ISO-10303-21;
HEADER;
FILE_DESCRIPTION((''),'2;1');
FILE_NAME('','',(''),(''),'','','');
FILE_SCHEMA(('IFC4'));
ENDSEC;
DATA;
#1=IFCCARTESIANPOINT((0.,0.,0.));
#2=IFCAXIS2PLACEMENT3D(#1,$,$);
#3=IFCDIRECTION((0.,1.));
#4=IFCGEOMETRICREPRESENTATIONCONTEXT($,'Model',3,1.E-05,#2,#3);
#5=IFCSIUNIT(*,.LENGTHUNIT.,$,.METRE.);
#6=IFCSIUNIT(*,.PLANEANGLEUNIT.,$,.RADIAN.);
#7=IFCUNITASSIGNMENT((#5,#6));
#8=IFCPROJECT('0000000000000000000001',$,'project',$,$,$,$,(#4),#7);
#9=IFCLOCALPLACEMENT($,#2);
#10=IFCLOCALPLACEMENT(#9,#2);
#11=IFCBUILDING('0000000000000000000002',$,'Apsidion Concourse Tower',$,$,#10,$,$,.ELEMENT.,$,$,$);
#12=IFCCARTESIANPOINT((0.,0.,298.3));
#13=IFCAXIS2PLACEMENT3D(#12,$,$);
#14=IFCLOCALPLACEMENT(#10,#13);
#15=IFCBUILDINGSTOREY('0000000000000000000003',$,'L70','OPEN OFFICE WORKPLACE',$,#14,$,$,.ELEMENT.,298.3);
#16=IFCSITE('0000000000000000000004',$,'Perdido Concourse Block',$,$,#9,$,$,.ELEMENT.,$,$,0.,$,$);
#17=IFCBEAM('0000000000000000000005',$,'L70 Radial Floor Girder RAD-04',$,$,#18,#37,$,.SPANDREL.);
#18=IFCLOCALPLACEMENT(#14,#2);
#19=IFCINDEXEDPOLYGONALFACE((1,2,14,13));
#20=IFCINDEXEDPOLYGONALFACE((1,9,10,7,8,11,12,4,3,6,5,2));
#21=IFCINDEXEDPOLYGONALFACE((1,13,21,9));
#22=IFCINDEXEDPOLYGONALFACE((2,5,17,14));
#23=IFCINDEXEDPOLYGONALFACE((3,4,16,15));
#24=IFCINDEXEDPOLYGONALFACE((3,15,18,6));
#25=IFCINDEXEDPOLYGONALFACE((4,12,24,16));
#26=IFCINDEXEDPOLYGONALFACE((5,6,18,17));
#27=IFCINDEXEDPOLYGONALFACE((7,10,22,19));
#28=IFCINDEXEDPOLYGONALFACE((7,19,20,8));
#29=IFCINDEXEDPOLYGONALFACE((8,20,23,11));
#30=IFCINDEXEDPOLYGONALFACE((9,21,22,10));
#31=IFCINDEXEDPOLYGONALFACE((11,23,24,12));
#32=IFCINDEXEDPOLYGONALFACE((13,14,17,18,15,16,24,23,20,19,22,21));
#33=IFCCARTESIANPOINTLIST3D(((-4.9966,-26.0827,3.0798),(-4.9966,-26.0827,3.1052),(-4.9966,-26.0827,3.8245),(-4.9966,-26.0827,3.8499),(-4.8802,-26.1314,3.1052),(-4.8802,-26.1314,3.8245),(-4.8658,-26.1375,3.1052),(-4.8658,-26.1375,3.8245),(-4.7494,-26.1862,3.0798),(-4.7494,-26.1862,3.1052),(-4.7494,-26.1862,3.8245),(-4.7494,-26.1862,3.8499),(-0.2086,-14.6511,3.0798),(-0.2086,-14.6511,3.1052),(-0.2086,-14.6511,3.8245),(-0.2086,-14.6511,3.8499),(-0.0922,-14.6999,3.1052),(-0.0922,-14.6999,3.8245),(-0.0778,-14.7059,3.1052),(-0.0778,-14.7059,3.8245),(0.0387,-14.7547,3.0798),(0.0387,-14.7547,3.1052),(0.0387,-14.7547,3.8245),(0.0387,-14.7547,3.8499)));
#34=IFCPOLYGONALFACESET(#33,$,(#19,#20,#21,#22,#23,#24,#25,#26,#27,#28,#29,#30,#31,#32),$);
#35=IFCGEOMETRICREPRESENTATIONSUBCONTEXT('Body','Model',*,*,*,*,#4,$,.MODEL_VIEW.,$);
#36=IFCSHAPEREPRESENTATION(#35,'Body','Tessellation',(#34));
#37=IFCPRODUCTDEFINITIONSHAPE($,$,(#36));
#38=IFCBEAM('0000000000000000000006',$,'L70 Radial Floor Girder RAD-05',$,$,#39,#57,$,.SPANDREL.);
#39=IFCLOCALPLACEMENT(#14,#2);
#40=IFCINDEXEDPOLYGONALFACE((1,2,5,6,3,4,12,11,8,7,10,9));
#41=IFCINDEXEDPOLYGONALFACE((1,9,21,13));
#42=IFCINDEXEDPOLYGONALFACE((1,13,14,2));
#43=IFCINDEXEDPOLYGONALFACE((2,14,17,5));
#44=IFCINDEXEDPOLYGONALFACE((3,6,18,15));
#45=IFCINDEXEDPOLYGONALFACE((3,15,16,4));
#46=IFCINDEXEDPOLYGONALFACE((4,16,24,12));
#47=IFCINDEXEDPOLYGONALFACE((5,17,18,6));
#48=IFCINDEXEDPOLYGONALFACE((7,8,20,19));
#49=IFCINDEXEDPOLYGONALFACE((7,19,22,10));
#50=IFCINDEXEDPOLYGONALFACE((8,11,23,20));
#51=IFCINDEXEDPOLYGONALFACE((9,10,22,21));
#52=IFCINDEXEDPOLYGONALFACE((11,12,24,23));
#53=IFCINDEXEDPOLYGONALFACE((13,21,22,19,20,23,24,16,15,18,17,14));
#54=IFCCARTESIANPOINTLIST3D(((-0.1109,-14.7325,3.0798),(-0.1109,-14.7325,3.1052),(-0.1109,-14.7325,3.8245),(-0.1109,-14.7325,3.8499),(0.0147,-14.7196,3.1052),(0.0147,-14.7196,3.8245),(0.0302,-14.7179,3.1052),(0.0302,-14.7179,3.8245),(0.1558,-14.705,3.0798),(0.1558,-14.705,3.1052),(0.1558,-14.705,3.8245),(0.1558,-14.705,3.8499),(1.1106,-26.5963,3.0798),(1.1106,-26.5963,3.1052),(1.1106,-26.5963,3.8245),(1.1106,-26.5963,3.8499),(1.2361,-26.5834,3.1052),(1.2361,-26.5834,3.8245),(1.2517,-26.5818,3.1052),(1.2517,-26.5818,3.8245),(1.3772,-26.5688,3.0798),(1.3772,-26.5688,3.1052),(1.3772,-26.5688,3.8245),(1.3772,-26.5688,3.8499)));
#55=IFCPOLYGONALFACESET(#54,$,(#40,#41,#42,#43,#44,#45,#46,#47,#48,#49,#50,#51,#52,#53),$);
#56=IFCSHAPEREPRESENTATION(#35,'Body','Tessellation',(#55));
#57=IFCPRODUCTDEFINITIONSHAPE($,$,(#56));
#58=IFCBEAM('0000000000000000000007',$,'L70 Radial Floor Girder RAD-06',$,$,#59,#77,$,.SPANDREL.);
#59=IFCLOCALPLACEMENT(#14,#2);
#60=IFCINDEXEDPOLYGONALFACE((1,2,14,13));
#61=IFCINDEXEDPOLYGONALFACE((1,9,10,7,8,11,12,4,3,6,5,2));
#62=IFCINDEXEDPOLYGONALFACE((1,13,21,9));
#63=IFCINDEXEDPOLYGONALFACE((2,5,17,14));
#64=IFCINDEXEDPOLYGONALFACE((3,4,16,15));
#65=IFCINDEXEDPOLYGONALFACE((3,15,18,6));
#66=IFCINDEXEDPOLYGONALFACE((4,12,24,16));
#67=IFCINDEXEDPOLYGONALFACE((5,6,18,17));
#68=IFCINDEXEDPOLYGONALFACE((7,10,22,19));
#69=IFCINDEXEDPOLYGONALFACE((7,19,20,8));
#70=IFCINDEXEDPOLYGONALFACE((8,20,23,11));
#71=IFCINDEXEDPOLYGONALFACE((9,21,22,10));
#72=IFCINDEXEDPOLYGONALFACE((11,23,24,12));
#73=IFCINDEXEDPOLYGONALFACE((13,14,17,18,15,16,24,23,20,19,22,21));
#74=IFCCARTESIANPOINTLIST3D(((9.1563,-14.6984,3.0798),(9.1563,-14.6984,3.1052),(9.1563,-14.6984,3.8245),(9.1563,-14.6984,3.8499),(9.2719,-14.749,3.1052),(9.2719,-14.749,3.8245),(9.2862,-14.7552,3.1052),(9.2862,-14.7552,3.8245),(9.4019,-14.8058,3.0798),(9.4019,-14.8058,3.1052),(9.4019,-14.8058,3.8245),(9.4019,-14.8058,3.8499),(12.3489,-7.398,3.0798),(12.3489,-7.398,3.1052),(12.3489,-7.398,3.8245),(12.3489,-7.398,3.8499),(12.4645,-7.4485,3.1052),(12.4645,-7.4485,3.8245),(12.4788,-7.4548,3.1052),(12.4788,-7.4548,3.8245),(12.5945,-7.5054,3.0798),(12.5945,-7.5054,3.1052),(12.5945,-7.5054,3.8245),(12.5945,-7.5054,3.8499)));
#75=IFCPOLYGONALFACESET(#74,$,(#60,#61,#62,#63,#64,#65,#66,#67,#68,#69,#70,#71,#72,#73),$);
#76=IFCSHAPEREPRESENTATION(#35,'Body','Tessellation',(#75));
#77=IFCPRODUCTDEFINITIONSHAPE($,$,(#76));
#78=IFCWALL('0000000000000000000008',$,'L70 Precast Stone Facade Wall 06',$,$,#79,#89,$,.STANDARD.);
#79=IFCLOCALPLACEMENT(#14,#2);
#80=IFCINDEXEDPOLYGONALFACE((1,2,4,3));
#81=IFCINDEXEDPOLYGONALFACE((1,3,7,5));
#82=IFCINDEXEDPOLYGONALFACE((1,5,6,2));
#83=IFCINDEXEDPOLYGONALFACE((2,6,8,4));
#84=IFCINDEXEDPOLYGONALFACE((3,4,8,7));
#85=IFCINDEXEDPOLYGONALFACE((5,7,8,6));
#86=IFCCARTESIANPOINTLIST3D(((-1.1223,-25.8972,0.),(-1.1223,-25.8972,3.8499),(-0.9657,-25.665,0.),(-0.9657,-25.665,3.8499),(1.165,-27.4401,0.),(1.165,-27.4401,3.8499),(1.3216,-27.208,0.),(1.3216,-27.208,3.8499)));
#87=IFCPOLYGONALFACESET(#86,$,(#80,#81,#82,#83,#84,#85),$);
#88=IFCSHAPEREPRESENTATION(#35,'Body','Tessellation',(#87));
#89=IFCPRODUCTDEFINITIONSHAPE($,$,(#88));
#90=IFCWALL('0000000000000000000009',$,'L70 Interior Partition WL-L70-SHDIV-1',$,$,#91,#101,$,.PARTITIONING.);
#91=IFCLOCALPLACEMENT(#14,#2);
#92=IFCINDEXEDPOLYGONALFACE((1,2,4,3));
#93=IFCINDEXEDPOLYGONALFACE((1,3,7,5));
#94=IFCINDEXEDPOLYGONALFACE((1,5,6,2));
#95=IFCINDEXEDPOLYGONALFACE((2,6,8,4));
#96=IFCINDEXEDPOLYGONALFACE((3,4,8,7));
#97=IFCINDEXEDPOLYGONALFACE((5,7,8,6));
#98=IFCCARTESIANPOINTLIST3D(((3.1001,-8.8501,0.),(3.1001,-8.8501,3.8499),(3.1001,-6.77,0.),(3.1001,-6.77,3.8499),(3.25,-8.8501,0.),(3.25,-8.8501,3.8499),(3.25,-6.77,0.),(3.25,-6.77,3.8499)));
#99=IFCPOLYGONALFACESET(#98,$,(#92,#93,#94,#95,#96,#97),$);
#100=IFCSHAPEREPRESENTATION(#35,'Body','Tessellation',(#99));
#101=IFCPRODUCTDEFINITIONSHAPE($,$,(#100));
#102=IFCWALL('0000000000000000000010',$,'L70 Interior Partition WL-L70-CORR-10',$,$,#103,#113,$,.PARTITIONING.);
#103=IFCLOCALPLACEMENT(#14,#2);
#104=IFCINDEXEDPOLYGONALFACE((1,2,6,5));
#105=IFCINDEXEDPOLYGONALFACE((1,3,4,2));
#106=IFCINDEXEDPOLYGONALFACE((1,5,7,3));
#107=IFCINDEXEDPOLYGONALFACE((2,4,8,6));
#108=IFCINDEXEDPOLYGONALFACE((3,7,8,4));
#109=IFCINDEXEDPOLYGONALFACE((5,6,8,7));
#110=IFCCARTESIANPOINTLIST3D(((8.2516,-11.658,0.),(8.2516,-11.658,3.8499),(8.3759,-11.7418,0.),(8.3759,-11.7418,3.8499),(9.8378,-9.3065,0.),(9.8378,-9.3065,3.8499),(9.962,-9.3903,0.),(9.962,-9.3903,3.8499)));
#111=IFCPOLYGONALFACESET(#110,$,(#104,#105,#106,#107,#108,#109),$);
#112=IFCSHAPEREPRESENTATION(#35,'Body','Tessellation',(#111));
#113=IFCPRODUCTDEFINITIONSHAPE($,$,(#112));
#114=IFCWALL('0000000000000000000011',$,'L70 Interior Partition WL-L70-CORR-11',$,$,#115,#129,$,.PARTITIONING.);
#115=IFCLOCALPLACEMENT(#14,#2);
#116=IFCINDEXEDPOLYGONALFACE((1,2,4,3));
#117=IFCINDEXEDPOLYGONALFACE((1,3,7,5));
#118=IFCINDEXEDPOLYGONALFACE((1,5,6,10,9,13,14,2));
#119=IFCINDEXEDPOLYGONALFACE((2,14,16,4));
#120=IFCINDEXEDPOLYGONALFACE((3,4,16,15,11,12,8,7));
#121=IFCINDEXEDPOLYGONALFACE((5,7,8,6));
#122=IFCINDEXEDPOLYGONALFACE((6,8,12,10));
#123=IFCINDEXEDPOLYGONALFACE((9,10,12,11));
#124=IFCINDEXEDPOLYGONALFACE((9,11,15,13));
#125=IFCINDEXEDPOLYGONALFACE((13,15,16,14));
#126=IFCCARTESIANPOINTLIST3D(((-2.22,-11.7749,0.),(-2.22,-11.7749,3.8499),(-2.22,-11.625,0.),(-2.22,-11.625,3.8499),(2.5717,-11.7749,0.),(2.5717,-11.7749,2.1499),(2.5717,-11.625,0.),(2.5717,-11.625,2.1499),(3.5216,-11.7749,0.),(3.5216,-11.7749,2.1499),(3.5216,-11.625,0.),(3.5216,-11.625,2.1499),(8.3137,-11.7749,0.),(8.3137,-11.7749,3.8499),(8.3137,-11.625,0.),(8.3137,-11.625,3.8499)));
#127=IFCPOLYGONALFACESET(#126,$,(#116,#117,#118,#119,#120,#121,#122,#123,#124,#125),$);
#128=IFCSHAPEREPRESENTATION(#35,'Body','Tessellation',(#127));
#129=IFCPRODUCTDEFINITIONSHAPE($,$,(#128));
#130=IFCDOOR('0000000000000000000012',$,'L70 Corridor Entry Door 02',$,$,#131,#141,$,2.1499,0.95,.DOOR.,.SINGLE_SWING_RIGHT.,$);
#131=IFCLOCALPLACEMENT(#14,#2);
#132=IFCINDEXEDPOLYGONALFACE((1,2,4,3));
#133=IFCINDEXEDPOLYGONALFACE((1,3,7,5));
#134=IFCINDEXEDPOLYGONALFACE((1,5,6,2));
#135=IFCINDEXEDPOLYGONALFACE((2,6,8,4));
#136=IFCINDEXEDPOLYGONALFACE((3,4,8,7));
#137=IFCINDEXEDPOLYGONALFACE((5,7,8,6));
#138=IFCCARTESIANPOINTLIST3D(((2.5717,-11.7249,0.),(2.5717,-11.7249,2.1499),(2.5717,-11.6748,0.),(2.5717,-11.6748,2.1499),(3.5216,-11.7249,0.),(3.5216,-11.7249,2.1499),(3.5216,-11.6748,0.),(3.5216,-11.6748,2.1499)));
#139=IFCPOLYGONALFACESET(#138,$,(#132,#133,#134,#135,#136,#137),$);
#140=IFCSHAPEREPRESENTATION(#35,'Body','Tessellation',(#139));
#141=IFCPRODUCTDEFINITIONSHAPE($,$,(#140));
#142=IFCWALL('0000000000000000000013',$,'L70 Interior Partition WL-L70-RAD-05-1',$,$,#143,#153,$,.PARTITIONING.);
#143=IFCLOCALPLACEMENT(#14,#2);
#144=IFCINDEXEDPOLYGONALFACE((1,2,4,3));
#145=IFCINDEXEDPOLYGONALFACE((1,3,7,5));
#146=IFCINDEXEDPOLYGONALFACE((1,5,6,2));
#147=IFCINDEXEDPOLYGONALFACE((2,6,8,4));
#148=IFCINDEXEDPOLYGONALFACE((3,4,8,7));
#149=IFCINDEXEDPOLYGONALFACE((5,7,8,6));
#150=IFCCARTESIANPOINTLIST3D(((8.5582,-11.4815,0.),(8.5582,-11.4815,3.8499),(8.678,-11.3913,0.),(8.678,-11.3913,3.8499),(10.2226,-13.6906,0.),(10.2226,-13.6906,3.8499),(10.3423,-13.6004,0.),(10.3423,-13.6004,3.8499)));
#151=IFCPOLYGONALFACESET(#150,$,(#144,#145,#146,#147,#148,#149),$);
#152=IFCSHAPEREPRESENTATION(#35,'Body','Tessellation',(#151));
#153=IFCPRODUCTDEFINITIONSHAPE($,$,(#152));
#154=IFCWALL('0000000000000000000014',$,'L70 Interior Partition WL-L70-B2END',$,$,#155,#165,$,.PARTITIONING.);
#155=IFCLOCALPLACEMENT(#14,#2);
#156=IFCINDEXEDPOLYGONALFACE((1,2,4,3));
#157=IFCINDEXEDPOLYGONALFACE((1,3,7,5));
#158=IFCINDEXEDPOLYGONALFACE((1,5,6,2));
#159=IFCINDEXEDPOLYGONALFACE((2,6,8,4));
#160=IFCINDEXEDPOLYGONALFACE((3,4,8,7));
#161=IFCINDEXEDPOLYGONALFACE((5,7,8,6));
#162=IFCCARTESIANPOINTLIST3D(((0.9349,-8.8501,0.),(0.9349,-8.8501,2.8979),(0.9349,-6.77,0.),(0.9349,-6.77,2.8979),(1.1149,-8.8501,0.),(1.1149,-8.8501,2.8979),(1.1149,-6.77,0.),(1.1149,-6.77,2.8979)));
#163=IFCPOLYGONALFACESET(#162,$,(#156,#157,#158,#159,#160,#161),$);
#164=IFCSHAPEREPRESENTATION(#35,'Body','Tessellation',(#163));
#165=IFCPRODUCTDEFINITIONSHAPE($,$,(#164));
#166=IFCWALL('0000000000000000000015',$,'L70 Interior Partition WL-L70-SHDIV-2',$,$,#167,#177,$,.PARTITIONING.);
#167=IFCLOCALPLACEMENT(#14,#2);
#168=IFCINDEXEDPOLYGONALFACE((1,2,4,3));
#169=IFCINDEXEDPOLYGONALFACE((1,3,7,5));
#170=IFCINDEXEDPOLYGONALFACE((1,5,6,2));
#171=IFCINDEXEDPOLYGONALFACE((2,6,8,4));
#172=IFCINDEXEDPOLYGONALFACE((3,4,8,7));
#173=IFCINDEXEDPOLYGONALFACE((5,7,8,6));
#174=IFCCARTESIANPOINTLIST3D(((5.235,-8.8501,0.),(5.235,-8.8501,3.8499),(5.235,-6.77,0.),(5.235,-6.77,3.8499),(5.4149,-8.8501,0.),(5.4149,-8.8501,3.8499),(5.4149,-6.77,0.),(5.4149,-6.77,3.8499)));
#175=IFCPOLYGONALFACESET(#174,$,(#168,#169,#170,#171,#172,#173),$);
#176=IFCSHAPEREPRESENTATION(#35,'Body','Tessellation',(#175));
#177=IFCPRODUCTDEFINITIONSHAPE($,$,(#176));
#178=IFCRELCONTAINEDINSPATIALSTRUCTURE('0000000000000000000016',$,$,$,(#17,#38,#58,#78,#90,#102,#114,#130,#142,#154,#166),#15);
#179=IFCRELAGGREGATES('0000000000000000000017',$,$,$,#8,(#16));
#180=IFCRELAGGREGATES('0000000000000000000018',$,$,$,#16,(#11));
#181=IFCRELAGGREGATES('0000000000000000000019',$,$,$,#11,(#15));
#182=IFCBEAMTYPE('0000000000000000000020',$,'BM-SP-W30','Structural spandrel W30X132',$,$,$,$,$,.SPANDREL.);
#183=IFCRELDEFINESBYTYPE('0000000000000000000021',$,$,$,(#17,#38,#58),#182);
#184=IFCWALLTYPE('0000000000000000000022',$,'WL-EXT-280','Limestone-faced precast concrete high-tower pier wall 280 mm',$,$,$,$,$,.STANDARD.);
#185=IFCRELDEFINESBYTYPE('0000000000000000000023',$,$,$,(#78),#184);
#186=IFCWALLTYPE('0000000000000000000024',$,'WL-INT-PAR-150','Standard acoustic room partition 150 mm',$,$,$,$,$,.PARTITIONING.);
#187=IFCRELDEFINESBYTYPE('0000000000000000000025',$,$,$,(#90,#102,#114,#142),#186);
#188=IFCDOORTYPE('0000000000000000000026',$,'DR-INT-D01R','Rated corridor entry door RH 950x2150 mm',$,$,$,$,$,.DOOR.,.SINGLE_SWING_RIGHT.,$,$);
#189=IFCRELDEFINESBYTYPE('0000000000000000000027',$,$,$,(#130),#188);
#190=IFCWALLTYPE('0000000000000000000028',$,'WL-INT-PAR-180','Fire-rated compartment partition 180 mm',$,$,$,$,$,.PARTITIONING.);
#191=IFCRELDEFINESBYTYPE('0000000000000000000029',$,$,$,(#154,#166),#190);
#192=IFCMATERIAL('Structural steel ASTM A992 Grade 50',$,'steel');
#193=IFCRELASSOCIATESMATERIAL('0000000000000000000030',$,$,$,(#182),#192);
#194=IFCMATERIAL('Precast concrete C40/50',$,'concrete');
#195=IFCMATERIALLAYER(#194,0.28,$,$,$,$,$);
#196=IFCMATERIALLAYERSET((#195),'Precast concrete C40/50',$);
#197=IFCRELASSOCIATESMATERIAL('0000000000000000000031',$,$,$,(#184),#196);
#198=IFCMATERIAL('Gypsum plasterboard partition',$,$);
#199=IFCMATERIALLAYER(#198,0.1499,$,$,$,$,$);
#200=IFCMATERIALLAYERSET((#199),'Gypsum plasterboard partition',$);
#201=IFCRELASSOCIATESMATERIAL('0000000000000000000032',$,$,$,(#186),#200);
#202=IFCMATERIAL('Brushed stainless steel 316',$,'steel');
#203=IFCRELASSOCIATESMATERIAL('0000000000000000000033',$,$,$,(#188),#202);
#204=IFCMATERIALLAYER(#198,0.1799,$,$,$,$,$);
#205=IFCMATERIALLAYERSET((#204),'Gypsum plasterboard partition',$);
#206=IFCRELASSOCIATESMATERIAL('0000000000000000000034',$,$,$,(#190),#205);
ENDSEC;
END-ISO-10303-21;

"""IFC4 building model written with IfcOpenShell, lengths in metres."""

from ifc_helpers import new_model, si_unit, direction, frame, frame_2d, origin, origin_2d, place, context, subcontext, project, spatial, rectangle, i_section, extrude, material, layer, layer_set, material_profile, profile_set, type_object, element, fill, save


model = new_model("IFC4")

# Units and contexts
model_context = context("Model", 3, precision=1e-05, world=origin(), true_north=direction((0.0, 1.0)))
body_context = subcontext(model_context, "Body", "Model", "MODEL_VIEW")
ifc_project = project(units=[si_unit("LENGTHUNIT", "METRE"), si_unit("PLANEANGLEUNIT", "RADIAN")], contexts=[model_context])

# Site, building, storey
site_placement = place(None, origin())
site = spatial("IfcSite", under=ifc_project, at=site_placement, Name="Perdido Concourse Block", CompositionType="ELEMENT", RefElevation=0.0)
building_placement = place(site_placement, origin())
building = spatial("IfcBuilding", under=site, at=building_placement, Name="Apsidion Concourse Tower", CompositionType="ELEMENT")
storey_placement = place(building_placement, frame((0.0, 0.0, 298.3)))
storey = spatial("IfcBuildingStorey", under=building, at=storey_placement, Name="L70", Description="OPEN OFFICE WORKPLACE", CompositionType="ELEMENT", Elevation=298.3)

# Shared definitions
ifc_material_1 = material(Name="Structural steel ASTM A992 Grade 50", Category="steel")

# Beams
ifc_material_profile_1 = material_profile(ifc_material_1, i_section(OverallWidth=0.2681, OverallDepth=0.77, WebThickness=0.0156, FlangeThickness=0.0254, at=origin_2d()), Name="W30X132")
ifc_profile_set_1 = profile_set([ifc_material_profile_1], Name="Structural steel ASTM A992 Grade 50")
beam_type_1 = type_object("IfcBeamType", Name="BM-SP-W30", Description="Structural spandrel W30X132", PredefinedType="SPANDREL", material=ifc_profile_set_1)
beam_1_placement = place(storey_placement, frame((-0.085, -14.7029, 3.4648), z_axis=(-0.386327, -0.922362, 0.0), x_axis=(0.922362, -0.386327, 0.0)))
element("IfcBeam", 1, at=beam_1_placement, inside=storey, type_object=beam_type_1, Name="L70 Radial Floor Girder RAD-04", PredefinedType="SPANDREL", context=body_context, shape_type="SweptSolid", body=[
    extrude(i_section(OverallWidth=0.2681, OverallDepth=0.77, WebThickness=0.0156, FlangeThickness=0.0254, at=origin_2d()), origin(), (0.0, 0.0, 1.0), 12.3938),
])
beam_2_placement = place(storey_placement, frame((0.0225, -14.7188, 3.4648), z_axis=(0.102414, -0.994742, 0.0), x_axis=(0.994742, 0.102414, 0.0)))
element("IfcBeam", 2, at=beam_2_placement, inside=storey, type_object=beam_type_1, Name="L70 Radial Floor Girder RAD-05", PredefinedType="SPANDREL", context=body_context, shape_type="SweptSolid", body=[
    extrude(i_section(OverallWidth=0.2681, OverallDepth=0.77, WebThickness=0.0156, FlangeThickness=0.0254, at=origin_2d()), origin(), (0.0, 0.0, 1.0), 11.9265),
])
beam_3_placement = place(storey_placement, frame((12.4717, -7.4517, 3.4648), z_axis=(-0.400676, -0.91622, 0.0), x_axis=(0.91622, -0.400676, 0.0)))
element("IfcBeam", 3, at=beam_3_placement, inside=storey, type_object=beam_type_1, Name="L70 Radial Floor Girder RAD-06", PredefinedType="SPANDREL", context=body_context, shape_type="SweptSolid", body=[
    extrude(i_section(OverallWidth=0.2681, OverallDepth=0.77, WebThickness=0.0156, FlangeThickness=0.0254, at=origin_2d()), origin(), (0.0, 0.0, 1.0), 7.968),
])

# Walls
ifc_material_2 = material(Name="Precast concrete C40/50", Category="concrete")
ifc_layer_1 = layer(ifc_material_2, 0.28)
ifc_layer_set_1 = layer_set([ifc_layer_1], Name="Precast concrete C40/50")
wall_type_1 = type_object("IfcWallType", Name="WL-EXT-280", Description="Limestone-faced precast concrete high-tower pier wall 280 mm", PredefinedType="STANDARD", material=ifc_layer_set_1)
wall_1_placement = place(storey_placement, frame((1.2432, -27.324, 0.0), z_axis=(0.0, 0.0, 1.0), x_axis=(-0.829016, 0.559225, 0.0)))
element("IfcWall", 4, at=wall_1_placement, inside=storey, type_object=wall_type_1, Name="L70 Precast Stone Facade Wall 06", PredefinedType="STANDARD", context=body_context, shape_type="SweptSolid", body=[
    extrude(rectangle(XDim=2.759, YDim=0.28, at=frame_2d((1.3794, 0.0))), origin(), (0.0, 0.0, 1.0), 3.8499),
])
ifc_material_3 = material(Name="Gypsum plasterboard partition")
ifc_layer_2 = layer(ifc_material_3, 0.1499)
ifc_layer_set_2 = layer_set([ifc_layer_2], Name="Gypsum plasterboard partition")
wall_type_2 = type_object("IfcWallType", Name="WL-INT-PAR-150", Description="Standard acoustic room partition 150 mm", PredefinedType="PARTITIONING", material=ifc_layer_set_2)
wall_2_placement = place(storey_placement, frame((3.175, -8.8501, 0.0), z_axis=(0.0, 0.0, 1.0), x_axis=(0.0, 1.0, 0.0)))
element("IfcWall", 5, at=wall_2_placement, inside=storey, type_object=wall_type_2, Name="L70 Interior Partition WL-L70-SHDIV-1", PredefinedType="PARTITIONING", context=body_context, shape_type="SweptSolid", body=[
    extrude(rectangle(XDim=2.0801, YDim=0.1499, at=frame_2d((1.04, 0.0))), origin(), (0.0, 0.0, 1.0), 3.8499),
])
wall_3_placement = place(storey_placement, frame((9.8999, -9.3484, 0.0), z_axis=(0.0, 0.0, 1.0), x_axis=(-0.559201, -0.829032, 0.0)))
element("IfcWall", 6, at=wall_3_placement, inside=storey, type_object=wall_type_2, Name="L70 Interior Partition WL-L70-CORR-10", PredefinedType="PARTITIONING", context=body_context, shape_type="SweptSolid", body=[
    extrude(rectangle(XDim=2.8364, YDim=0.1499, at=frame_2d((1.4182, 0.0))), origin(), (0.0, 0.0, 1.0), 3.8499),
])

# Wall, opening, door
wall_4_placement = place(storey_placement, frame((8.3137, -11.7, 0.0), z_axis=(0.0, 0.0, 1.0), x_axis=(-1.0, 0.0, 0.0)))
wall_4 = element("IfcWall", 7, at=wall_4_placement, inside=storey, type_object=wall_type_2, Name="L70 Interior Partition WL-L70-CORR-11", PredefinedType="PARTITIONING", context=body_context, shape_type="SweptSolid", body=[
    extrude(rectangle(XDim=10.5337, YDim=0.1499, at=frame_2d((5.2668, 0.0))), origin(), (0.0, 0.0, 1.0), 3.8499),
])
opening_1_placement = place(wall_4_placement, frame((4.792, 0.0, 0.0)))
opening_1 = element("IfcOpeningElement", 8, at=opening_1_placement, cuts=wall_4, PredefinedType="OPENING", context=body_context, shape_type="SweptSolid", body=[
    extrude(rectangle(XDim=0.95, YDim=2.1499, at=frame_2d((0.4751, 1.075))), frame((0.0, 0.085, 0.0), z_axis=(0.0, -1.0, 0.0), x_axis=(1.0, 0.0, 0.0)), (0.0, 0.0, 1.0), 0.1699),
])
ifc_material_4 = material(Name="Brushed stainless steel 316", Category="steel")
door_type_1 = type_object("IfcDoorType", Name="DR-INT-D01R", Description="Rated corridor entry door RH 950x2150 mm", OperationType="SINGLE_SWING_RIGHT", PredefinedType="DOOR", material=ifc_material_4)
door_1_placement = place(opening_1_placement, origin())
door_1 = element("IfcDoor", 9, at=door_1_placement, inside=storey, type_object=door_type_1, Name="L70 Corridor Entry Door 02", OperationType="SINGLE_SWING_RIGHT", OverallHeight=2.1499, OverallWidth=0.95, PredefinedType="DOOR", context=body_context, shape_type="SweptSolid", body=[
    extrude(rectangle(XDim=0.95, YDim=2.1499, at=frame_2d((0.4751, 1.075))), frame((0.0, 0.0249, 0.0), z_axis=(0.0, -1.0, 0.0), x_axis=(1.0, 0.0, 0.0)), (0.0, 0.0, 1.0), 0.05),
])
fill(opening_1, door_1)

# Walls
wall_5_placement = place(storey_placement, frame((8.6182, -11.4365, 0.0), z_axis=(0.0, 0.0, 1.0), x_axis=(0.60175, -0.798685, 0.0)))
element("IfcWall", 10, at=wall_5_placement, inside=storey, type_object=wall_type_2, Name="L70 Interior Partition WL-L70-RAD-05-1", PredefinedType="PARTITIONING", context=body_context, shape_type="SweptSolid", body=[
    extrude(rectangle(XDim=2.7659, YDim=0.1499, at=frame_2d((1.3828, 0.0))), origin(), (0.0, 0.0, 1.0), 3.8499),
])
ifc_layer_3 = layer(ifc_material_3, 0.1799)
ifc_layer_set_3 = layer_set([ifc_layer_3], Name="Gypsum plasterboard partition")
wall_type_3 = type_object("IfcWallType", Name="WL-INT-PAR-180", Description="Fire-rated compartment partition 180 mm", PredefinedType="PARTITIONING", material=ifc_layer_set_3)
wall_6_placement = place(storey_placement, frame((1.0249, -8.8501, 0.0), z_axis=(0.0, 0.0, 1.0), x_axis=(0.0, 1.0, 0.0)))
element("IfcWall", 11, at=wall_6_placement, inside=storey, type_object=wall_type_3, Name="L70 Interior Partition WL-L70-B2END", PredefinedType="PARTITIONING", context=body_context, shape_type="SweptSolid", body=[
    extrude(rectangle(XDim=2.0801, YDim=0.1799, at=frame_2d((1.04, 0.0))), origin(), (0.0, 0.0, 1.0), 2.8979),
])
wall_7_placement = place(storey_placement, frame((5.325, -8.8501, 0.0), z_axis=(0.0, 0.0, 1.0), x_axis=(0.0, 1.0, 0.0)))
element("IfcWall", 12, at=wall_7_placement, inside=storey, type_object=wall_type_3, Name="L70 Interior Partition WL-L70-SHDIV-2", PredefinedType="PARTITIONING", context=body_context, shape_type="SweptSolid", body=[
    extrude(rectangle(XDim=2.0801, YDim=0.1799, at=frame_2d((1.04, 0.0))), origin(), (0.0, 0.0, 1.0), 3.8499),
])

save(model, "model.ifc")
